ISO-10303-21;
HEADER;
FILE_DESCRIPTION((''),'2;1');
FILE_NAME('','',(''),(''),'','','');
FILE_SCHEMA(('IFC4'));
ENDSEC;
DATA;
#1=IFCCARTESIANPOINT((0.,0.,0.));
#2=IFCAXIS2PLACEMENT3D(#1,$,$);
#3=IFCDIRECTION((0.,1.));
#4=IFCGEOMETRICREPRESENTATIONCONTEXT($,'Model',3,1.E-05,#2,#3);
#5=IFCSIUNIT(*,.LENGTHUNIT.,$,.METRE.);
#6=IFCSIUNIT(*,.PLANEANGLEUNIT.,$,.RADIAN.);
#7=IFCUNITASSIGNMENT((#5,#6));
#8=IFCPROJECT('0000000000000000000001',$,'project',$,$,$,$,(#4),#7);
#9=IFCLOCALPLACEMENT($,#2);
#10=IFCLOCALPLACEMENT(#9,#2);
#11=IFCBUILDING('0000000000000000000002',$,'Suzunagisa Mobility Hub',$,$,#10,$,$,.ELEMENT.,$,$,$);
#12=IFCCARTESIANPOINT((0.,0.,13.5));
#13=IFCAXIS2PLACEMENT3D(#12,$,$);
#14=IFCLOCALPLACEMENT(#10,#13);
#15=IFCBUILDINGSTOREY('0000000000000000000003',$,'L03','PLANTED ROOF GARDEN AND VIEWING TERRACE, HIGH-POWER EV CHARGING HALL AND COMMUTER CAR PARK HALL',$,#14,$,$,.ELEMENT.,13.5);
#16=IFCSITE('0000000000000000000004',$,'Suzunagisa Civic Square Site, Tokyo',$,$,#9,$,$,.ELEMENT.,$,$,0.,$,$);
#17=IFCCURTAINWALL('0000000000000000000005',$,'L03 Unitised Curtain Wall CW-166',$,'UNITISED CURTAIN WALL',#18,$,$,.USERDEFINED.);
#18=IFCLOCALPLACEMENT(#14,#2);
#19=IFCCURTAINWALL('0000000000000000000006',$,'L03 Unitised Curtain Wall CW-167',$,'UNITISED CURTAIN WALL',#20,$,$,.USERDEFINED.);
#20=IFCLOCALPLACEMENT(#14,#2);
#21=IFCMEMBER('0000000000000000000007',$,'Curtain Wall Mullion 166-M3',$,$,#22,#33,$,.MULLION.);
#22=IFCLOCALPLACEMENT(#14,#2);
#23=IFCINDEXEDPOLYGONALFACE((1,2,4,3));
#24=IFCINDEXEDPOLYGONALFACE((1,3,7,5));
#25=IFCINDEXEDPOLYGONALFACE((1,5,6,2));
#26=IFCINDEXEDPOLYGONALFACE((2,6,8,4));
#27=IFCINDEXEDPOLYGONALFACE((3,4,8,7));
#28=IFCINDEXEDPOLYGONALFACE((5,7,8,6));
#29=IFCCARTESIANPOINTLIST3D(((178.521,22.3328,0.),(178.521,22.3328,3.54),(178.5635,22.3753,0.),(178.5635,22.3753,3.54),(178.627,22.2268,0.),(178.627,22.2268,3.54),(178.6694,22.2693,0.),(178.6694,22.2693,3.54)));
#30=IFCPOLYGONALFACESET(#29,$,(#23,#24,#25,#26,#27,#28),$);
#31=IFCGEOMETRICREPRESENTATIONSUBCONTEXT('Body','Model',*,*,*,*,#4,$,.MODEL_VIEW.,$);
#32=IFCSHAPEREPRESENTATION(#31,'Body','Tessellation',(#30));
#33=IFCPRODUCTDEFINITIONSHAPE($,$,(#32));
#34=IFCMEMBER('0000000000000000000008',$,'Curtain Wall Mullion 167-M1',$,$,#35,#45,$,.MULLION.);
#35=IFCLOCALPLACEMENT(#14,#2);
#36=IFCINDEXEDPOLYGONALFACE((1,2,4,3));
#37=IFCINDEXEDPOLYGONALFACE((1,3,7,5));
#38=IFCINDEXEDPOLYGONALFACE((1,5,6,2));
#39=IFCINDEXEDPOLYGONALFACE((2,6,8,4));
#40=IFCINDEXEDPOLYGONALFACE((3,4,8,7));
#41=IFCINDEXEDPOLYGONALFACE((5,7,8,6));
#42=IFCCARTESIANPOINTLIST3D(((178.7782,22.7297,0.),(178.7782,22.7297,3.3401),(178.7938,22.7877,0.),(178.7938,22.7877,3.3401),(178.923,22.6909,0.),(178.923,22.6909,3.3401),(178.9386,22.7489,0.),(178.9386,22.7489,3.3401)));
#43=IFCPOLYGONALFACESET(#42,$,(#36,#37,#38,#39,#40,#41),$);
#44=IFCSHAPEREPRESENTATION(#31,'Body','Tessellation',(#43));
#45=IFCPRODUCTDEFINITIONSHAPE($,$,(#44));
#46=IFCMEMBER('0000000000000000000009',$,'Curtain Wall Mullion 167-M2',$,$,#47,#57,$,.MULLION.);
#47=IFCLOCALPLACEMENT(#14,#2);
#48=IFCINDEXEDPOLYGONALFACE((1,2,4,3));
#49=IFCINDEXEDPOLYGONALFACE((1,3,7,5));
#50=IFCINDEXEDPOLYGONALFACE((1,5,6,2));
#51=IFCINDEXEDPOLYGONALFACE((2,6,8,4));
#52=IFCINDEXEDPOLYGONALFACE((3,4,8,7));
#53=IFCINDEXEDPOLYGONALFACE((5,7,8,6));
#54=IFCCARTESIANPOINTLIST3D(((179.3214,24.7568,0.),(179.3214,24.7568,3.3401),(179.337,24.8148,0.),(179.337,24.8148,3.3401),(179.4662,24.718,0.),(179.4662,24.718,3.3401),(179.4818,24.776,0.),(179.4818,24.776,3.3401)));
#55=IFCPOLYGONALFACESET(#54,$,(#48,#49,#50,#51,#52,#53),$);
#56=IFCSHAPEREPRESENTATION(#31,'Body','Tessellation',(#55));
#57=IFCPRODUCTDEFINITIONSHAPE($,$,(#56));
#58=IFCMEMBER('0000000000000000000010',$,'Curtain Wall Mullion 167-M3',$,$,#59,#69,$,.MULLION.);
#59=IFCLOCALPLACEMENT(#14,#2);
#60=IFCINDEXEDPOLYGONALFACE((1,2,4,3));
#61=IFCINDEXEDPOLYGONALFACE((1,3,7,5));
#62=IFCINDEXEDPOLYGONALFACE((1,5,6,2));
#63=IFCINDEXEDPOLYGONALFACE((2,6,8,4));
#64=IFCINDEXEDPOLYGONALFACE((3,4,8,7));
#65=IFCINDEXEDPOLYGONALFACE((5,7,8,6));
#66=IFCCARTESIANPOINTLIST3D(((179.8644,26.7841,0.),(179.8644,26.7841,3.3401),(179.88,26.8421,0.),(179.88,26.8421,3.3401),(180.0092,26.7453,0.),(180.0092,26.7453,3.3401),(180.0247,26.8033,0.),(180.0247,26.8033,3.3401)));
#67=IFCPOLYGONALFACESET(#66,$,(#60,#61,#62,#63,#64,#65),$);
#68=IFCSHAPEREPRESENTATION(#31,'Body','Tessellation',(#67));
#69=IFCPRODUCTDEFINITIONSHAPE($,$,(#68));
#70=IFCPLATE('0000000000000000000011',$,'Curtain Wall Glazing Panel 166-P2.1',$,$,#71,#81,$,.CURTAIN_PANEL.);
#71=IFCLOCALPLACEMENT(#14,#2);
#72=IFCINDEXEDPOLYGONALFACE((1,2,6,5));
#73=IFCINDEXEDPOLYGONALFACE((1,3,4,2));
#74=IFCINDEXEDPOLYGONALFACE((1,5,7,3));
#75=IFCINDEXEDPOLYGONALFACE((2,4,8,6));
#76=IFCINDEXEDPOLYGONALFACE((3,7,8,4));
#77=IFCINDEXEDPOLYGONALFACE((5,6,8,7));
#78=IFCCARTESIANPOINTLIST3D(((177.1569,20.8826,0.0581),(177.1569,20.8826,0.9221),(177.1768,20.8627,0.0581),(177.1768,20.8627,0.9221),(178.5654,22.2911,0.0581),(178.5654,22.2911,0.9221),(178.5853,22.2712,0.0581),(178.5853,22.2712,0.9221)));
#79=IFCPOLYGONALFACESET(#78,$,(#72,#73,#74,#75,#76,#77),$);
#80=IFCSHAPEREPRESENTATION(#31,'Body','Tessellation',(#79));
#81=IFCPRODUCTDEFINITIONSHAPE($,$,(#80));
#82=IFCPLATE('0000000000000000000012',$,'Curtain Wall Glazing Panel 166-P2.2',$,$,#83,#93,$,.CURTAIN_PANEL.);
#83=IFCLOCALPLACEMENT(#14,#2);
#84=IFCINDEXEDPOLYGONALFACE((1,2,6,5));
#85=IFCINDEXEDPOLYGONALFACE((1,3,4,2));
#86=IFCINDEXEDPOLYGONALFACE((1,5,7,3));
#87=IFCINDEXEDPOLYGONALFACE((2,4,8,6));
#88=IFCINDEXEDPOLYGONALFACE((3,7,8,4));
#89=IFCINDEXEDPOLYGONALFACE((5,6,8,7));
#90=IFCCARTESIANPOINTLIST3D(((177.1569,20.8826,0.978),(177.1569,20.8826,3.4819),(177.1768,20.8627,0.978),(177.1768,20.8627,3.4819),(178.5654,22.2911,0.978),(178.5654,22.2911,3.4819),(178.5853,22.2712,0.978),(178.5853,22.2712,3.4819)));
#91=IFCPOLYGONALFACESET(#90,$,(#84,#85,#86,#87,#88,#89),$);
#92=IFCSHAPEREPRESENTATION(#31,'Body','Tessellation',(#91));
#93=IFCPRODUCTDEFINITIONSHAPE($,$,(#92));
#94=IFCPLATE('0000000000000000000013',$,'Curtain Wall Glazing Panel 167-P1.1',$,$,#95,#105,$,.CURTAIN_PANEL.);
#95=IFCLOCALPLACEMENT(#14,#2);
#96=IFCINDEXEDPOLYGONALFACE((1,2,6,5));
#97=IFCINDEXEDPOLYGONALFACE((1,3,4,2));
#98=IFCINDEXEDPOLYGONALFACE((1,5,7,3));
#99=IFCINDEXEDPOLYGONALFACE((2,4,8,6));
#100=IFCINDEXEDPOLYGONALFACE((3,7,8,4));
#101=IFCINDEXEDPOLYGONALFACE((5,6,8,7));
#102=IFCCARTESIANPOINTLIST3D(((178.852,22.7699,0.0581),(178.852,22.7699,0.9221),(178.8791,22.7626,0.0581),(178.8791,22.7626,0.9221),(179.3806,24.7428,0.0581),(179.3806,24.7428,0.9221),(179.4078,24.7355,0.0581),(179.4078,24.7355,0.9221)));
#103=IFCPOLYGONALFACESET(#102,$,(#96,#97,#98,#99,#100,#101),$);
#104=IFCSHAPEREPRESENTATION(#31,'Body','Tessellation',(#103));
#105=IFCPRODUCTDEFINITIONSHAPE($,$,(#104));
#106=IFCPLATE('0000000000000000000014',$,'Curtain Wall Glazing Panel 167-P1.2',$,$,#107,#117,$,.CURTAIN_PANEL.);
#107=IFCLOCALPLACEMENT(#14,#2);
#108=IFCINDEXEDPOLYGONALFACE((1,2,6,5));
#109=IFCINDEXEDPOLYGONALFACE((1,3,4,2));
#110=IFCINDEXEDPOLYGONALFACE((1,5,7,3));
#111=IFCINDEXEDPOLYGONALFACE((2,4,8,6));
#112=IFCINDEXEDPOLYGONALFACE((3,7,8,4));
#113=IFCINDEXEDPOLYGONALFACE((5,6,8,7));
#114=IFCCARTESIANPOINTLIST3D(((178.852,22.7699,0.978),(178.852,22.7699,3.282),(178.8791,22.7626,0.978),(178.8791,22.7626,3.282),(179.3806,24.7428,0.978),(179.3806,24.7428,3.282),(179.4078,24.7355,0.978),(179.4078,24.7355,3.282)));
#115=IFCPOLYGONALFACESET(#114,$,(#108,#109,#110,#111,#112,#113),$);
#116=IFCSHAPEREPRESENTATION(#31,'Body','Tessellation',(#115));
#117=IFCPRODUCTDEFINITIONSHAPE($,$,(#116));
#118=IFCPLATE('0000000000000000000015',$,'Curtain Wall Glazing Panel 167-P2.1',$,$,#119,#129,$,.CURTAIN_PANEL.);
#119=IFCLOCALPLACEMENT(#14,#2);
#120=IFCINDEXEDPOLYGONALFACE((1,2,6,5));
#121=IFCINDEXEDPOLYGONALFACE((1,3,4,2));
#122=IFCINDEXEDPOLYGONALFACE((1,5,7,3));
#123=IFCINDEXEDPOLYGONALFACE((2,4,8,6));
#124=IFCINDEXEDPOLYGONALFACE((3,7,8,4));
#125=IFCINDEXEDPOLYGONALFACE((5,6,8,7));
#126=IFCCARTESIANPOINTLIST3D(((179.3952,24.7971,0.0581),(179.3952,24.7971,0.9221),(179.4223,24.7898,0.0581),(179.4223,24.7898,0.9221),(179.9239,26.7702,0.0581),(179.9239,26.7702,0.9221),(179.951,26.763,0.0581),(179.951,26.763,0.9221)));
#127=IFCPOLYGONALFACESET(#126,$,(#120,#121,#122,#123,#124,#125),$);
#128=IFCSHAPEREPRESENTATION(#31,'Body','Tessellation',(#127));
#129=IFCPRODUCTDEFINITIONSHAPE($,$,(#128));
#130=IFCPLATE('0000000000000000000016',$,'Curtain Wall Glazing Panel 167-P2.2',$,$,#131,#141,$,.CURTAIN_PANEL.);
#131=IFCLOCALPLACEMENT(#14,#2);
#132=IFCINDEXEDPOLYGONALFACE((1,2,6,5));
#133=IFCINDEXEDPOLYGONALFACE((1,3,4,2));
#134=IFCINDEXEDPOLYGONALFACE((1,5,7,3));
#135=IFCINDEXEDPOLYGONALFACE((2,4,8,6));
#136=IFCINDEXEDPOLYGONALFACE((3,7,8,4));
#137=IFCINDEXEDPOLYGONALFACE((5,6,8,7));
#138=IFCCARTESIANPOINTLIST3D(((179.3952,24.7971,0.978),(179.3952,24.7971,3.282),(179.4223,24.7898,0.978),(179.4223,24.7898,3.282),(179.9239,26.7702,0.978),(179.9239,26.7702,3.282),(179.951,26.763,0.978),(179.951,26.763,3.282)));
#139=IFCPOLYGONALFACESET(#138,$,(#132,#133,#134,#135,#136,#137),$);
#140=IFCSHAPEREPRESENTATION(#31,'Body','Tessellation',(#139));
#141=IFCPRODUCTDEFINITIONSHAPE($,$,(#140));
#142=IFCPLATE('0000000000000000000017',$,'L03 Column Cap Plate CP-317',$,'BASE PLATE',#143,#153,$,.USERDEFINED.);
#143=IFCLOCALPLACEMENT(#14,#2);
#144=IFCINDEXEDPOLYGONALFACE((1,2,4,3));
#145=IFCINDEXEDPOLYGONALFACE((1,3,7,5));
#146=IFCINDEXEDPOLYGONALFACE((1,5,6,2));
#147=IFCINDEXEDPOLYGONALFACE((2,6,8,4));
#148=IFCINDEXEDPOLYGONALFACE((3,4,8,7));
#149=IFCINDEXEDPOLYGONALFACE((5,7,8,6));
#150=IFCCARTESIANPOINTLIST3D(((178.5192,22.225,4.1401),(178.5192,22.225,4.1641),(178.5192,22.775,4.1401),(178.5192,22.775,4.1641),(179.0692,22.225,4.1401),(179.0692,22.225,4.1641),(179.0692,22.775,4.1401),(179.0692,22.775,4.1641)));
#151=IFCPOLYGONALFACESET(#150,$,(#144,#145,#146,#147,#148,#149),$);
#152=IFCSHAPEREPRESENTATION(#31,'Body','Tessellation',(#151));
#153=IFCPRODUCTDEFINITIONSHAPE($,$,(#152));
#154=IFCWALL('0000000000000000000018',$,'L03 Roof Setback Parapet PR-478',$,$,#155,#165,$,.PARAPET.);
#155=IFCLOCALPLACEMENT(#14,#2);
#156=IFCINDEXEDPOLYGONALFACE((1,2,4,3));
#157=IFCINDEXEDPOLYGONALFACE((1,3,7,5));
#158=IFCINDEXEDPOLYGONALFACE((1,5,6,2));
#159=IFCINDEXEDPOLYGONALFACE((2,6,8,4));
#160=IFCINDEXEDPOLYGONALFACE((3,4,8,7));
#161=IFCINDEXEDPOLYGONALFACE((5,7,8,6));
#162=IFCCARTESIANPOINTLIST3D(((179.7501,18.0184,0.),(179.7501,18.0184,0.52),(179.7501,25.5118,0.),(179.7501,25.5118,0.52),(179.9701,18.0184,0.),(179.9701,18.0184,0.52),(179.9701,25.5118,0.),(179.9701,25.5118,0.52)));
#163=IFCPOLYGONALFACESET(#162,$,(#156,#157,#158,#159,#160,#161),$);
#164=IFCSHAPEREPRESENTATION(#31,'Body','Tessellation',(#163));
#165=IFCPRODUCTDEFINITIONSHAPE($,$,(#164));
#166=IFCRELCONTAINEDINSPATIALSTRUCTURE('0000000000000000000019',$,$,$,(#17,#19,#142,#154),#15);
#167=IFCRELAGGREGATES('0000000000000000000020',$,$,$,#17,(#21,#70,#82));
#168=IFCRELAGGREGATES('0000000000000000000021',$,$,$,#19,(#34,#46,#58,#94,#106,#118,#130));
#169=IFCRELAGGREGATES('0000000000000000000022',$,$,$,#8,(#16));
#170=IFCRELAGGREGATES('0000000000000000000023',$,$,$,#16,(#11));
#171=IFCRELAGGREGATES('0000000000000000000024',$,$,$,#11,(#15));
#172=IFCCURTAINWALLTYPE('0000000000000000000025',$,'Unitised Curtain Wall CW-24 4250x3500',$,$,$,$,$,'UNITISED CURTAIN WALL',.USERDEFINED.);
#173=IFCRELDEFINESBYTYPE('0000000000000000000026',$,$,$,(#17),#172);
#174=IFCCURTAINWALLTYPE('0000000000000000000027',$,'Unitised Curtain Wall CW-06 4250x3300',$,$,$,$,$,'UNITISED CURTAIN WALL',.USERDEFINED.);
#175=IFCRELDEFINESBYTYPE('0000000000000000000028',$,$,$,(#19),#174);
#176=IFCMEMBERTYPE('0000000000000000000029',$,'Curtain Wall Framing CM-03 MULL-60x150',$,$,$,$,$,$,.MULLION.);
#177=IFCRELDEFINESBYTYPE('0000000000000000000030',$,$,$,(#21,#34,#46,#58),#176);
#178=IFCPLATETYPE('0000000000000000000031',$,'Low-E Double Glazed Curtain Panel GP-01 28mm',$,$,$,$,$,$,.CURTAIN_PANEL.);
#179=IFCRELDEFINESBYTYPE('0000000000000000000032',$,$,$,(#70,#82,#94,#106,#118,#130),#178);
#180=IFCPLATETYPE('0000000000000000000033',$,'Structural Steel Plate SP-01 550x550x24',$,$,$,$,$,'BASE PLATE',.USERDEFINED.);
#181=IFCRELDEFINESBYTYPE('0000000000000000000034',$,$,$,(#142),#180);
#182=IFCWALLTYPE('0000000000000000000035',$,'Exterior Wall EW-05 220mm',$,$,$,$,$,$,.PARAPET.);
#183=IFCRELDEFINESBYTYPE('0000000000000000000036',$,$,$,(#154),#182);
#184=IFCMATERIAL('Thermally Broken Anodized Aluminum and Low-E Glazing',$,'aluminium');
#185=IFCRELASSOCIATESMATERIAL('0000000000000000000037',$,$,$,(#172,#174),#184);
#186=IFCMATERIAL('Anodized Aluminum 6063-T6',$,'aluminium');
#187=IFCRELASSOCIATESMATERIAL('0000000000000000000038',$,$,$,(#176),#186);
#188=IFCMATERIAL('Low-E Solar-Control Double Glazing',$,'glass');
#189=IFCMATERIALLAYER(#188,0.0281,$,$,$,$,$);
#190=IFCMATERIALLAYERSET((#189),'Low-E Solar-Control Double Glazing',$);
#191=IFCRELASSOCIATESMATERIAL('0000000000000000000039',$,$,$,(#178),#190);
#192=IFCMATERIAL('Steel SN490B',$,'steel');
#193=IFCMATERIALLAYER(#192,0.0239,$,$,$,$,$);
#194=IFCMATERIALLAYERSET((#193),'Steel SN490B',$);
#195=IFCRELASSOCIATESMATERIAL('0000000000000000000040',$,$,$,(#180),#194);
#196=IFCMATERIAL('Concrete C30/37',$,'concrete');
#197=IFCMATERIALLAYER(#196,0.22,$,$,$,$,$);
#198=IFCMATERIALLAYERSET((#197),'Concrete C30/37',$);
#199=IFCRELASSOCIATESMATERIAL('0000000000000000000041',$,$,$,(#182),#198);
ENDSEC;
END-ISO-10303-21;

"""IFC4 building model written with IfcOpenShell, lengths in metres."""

from ifc_helpers import new_model, si_unit, direction, frame, frame_2d, origin, origin_2d, place, context, subcontext, project, spatial, rectangle, extrude, material, layer, layer_set, material_profile, profile_set, type_object, element, aggregate, save


model = new_model("IFC4")

# Units and contexts
model_context = context("Model", 3, precision=1e-05, world=origin(), true_north=direction((0.0, 1.0)))
body_context = subcontext(model_context, "Body", "Model", "MODEL_VIEW")
ifc_project = project(units=[si_unit("LENGTHUNIT", "METRE"), si_unit("PLANEANGLEUNIT", "RADIAN")], contexts=[model_context])

# Site, building, storey
site_placement = place(None, origin())
site = spatial("IfcSite", under=ifc_project, at=site_placement, Name="Suzunagisa Civic Square Site, Tokyo", CompositionType="ELEMENT", RefElevation=0.0)
building_placement = place(site_placement, origin())
building = spatial("IfcBuilding", under=site, at=building_placement, Name="Suzunagisa Mobility Hub", CompositionType="ELEMENT")
storey_placement = place(building_placement, frame((0.0, 0.0, 13.5)))
storey = spatial("IfcBuildingStorey", under=building, at=storey_placement, Name="L03", Description="PLANTED ROOF GARDEN AND VIEWING TERRACE, HIGH-POWER EV CHARGING HALL AND COMMUTER CAR PARK HALL", CompositionType="ELEMENT", Elevation=13.5)

# Shared definitions
ifc_material_1 = material(Name="Steel SN490B", Category="steel")

# Curtain walls
ifc_material_2 = material(Name="Thermally Broken Anodized Aluminum and Low-E Glazing", Category="aluminium")
curtain_wall_type_1 = type_object("IfcCurtainWallType", Name="Unitised Curtain Wall CW-24 4250x3500", ElementType="UNITISED CURTAIN WALL", PredefinedType="USERDEFINED", material=ifc_material_2)
curtain_wall_1_placement = place(storey_placement, origin())
curtain_wall_1 = element("IfcCurtainWall", 1, at=curtain_wall_1_placement, inside=storey, type_object=curtain_wall_type_1, Name="L03 Unitised Curtain Wall CW-166", ObjectType="UNITISED CURTAIN WALL", PredefinedType="USERDEFINED")
ifc_material_3 = material(Name="Anodized Aluminum 6063-T6", Category="aluminium")
curtain_wall_type_2 = type_object("IfcCurtainWallType", Name="Unitised Curtain Wall CW-06 4250x3300", ElementType="UNITISED CURTAIN WALL", PredefinedType="USERDEFINED", material=ifc_material_2)
curtain_wall_2_placement = place(storey_placement, origin())
curtain_wall_2 = element("IfcCurtainWall", 2, at=curtain_wall_2_placement, inside=storey, type_object=curtain_wall_type_2, Name="L03 Unitised Curtain Wall CW-167", ObjectType="UNITISED CURTAIN WALL", PredefinedType="USERDEFINED")

# Members
ifc_material_profile_1 = material_profile(ifc_material_3, rectangle(XDim=0.0601, YDim=0.1499, at=origin_2d()), Name="MULL-60x150")
ifc_profile_set_1 = profile_set([ifc_material_profile_1], Name="Anodized Aluminum 6063-T6")
member_type_1 = type_object("IfcMemberType", Name="Curtain Wall Framing CM-03 MULL-60x150", PredefinedType="MULLION", material=ifc_profile_set_1)
member_1_placement = place(storey_placement, frame((178.5952, 22.301, 0.0), z_axis=(0.0, 0.0, 1.0), x_axis=(0.707107, 0.707107, 0.0)))
member_1 = element("IfcMember", 3, at=member_1_placement, type_object=member_type_1, Name="Curtain Wall Mullion 166-M3", PredefinedType="MULLION", context=body_context, shape_type="SweptSolid", body=[
    extrude(rectangle(XDim=0.0601, YDim=0.1499, at=origin_2d()), origin(), (0.0, 0.0, 1.0), 3.54),
])
member_2_placement = place(storey_placement, frame((178.8584, 22.7393, 0.0), z_axis=(0.0, 0.0, 1.0), x_axis=(0.258828, 0.965924, 0.0)))
member_2 = element("IfcMember", 4, at=member_2_placement, type_object=member_type_1, Name="Curtain Wall Mullion 167-M1", PredefinedType="MULLION", context=body_context, shape_type="SweptSolid", body=[
    extrude(rectangle(XDim=0.0601, YDim=0.1499, at=origin_2d()), origin(), (0.0, 0.0, 1.0), 3.3401),
])
member_3_placement = place(storey_placement, frame((179.4016, 24.7664, 0.0), z_axis=(0.0, 0.0, 1.0), x_axis=(0.258828, 0.965924, 0.0)))
member_3 = element("IfcMember", 5, at=member_3_placement, type_object=member_type_1, Name="Curtain Wall Mullion 167-M2", PredefinedType="MULLION", context=body_context, shape_type="SweptSolid", body=[
    extrude(rectangle(XDim=0.0601, YDim=0.1499, at=origin_2d()), origin(), (0.0, 0.0, 1.0), 3.3401),
])
member_4_placement = place(storey_placement, frame((179.9446, 26.7937, 0.0), z_axis=(0.0, 0.0, 1.0), x_axis=(0.258828, 0.965924, 0.0)))
member_4 = element("IfcMember", 6, at=member_4_placement, type_object=member_type_1, Name="Curtain Wall Mullion 167-M3", PredefinedType="MULLION", context=body_context, shape_type="SweptSolid", body=[
    extrude(rectangle(XDim=0.0601, YDim=0.1499, at=origin_2d()), origin(), (0.0, 0.0, 1.0), 3.3401),
])

# Plates
ifc_material_4 = material(Name="Low-E Solar-Control Double Glazing", Category="glass")
ifc_layer_1 = layer(ifc_material_4, 0.0281)
ifc_layer_set_1 = layer_set([ifc_layer_1], Name="Low-E Solar-Control Double Glazing")
plate_type_1 = type_object("IfcPlateType", Name="Low-E Double Glazed Curtain Panel GP-01 28mm", PredefinedType="CURTAIN_PANEL", material=ifc_layer_set_1)
plate_1_placement = place(storey_placement, frame((177.8711, 21.5769, 0.0581), z_axis=(0.0, 0.0, 1.0), x_axis=(0.707107, 0.707107, 0.0)))
plate_1 = element("IfcPlate", 7, at=plate_1_placement, type_object=plate_type_1, Name="Curtain Wall Glazing Panel 166-P2.1", PredefinedType="CURTAIN_PANEL", context=body_context, shape_type="SweptSolid", body=[
    extrude(rectangle(XDim=1.9919, YDim=0.0281, at=origin_2d()), origin(), (0.0, 0.0, 1.0), 0.864),
])
plate_2_placement = place(storey_placement, frame((177.8711, 21.5769, 0.978), z_axis=(0.0, 0.0, 1.0), x_axis=(0.707107, 0.707107, 0.0)))
plate_2 = element("IfcPlate", 8, at=plate_2_placement, type_object=plate_type_1, Name="Curtain Wall Glazing Panel 166-P2.2", PredefinedType="CURTAIN_PANEL", context=body_context, shape_type="SweptSolid", body=[
    extrude(rectangle(XDim=1.9919, YDim=0.0281, at=origin_2d()), origin(), (0.0, 0.0, 1.0), 2.5039),
])
aggregate(curtain_wall_1, [member_1, plate_1, plate_2])
plate_3_placement = place(storey_placement, frame((179.1299, 23.7527, 0.0581), z_axis=(0.0, 0.0, 1.0), x_axis=(0.258828, 0.965924, 0.0)))
plate_3 = element("IfcPlate", 9, at=plate_3_placement, type_object=plate_type_1, Name="Curtain Wall Glazing Panel 167-P1.1", PredefinedType="CURTAIN_PANEL", context=body_context, shape_type="SweptSolid", body=[
    extrude(rectangle(XDim=2.0425, YDim=0.0281, at=origin_2d()), origin(), (0.0, 0.0, 1.0), 0.864),
])
plate_4_placement = place(storey_placement, frame((179.1299, 23.7527, 0.978), z_axis=(0.0, 0.0, 1.0), x_axis=(0.258828, 0.965924, 0.0)))
plate_4 = element("IfcPlate", 10, at=plate_4_placement, type_object=plate_type_1, Name="Curtain Wall Glazing Panel 167-P1.2", PredefinedType="CURTAIN_PANEL", context=body_context, shape_type="SweptSolid", body=[
    extrude(rectangle(XDim=2.0425, YDim=0.0281, at=origin_2d()), origin(), (0.0, 0.0, 1.0), 2.304),
])
plate_5_placement = place(storey_placement, frame((179.6731, 25.78, 0.0581), z_axis=(0.0, 0.0, 1.0), x_axis=(0.258828, 0.965924, 0.0)))
plate_5 = element("IfcPlate", 11, at=plate_5_placement, type_object=plate_type_1, Name="Curtain Wall Glazing Panel 167-P2.1", PredefinedType="CURTAIN_PANEL", context=body_context, shape_type="SweptSolid", body=[
    extrude(rectangle(XDim=2.0427, YDim=0.0281, at=origin_2d()), origin(), (0.0, 0.0, 1.0), 0.864),
])
plate_6_placement = place(storey_placement, frame((179.6731, 25.78, 0.978), z_axis=(0.0, 0.0, 1.0), x_axis=(0.258828, 0.965924, 0.0)))
plate_6 = element("IfcPlate", 12, at=plate_6_placement, type_object=plate_type_1, Name="Curtain Wall Glazing Panel 167-P2.2", PredefinedType="CURTAIN_PANEL", context=body_context, shape_type="SweptSolid", body=[
    extrude(rectangle(XDim=2.0427, YDim=0.0281, at=origin_2d()), origin(), (0.0, 0.0, 1.0), 2.304),
])
aggregate(curtain_wall_2, [member_2, member_3, member_4, plate_3, plate_4, plate_5, plate_6])
ifc_layer_2 = layer(ifc_material_1, 0.0239)
ifc_layer_set_2 = layer_set([ifc_layer_2], Name="Steel SN490B")
plate_type_2 = type_object("IfcPlateType", Name="Structural Steel Plate SP-01 550x550x24", ElementType="BASE PLATE", PredefinedType="USERDEFINED", material=ifc_layer_set_2)
plate_7_placement = place(storey_placement, frame((178.7942, 22.5, 4.1401), z_axis=(0.0, 0.0, 1.0), x_axis=(1.0, 0.0, 0.0)))
element("IfcPlate", 13, at=plate_7_placement, inside=storey, type_object=plate_type_2, Name="L03 Column Cap Plate CP-317", ObjectType="BASE PLATE", PredefinedType="USERDEFINED", context=body_context, shape_type="SweptSolid", body=[
    extrude(rectangle(XDim=0.55, YDim=0.55, at=origin_2d()), origin(), (0.0, 0.0, 1.0), 0.0239),
])

# Wall
ifc_material_5 = material(Name="Concrete C30/37", Category="concrete")
ifc_layer_3 = layer(ifc_material_5, 0.22)
ifc_layer_set_3 = layer_set([ifc_layer_3], Name="Concrete C30/37")
wall_type = type_object("IfcWallType", Name="Exterior Wall EW-05 220mm", PredefinedType="PARAPET", material=ifc_layer_set_3)
wall_placement = place(storey_placement, frame((179.8601, 25.5117, 0.0), z_axis=(0.0, 0.0, 1.0), x_axis=(0.0, -1.0, 0.0)))
element("IfcWall", 14, at=wall_placement, inside=storey, type_object=wall_type, Name="L03 Roof Setback Parapet PR-478", PredefinedType="PARAPET", context=body_context, shape_type="SweptSolid", body=[
    extrude(rectangle(XDim=7.4934, YDim=0.22, at=frame_2d((3.7466, 0.0))), origin(), (0.0, 0.0, 1.0), 0.52),
])

save(model, "model.ifc")
